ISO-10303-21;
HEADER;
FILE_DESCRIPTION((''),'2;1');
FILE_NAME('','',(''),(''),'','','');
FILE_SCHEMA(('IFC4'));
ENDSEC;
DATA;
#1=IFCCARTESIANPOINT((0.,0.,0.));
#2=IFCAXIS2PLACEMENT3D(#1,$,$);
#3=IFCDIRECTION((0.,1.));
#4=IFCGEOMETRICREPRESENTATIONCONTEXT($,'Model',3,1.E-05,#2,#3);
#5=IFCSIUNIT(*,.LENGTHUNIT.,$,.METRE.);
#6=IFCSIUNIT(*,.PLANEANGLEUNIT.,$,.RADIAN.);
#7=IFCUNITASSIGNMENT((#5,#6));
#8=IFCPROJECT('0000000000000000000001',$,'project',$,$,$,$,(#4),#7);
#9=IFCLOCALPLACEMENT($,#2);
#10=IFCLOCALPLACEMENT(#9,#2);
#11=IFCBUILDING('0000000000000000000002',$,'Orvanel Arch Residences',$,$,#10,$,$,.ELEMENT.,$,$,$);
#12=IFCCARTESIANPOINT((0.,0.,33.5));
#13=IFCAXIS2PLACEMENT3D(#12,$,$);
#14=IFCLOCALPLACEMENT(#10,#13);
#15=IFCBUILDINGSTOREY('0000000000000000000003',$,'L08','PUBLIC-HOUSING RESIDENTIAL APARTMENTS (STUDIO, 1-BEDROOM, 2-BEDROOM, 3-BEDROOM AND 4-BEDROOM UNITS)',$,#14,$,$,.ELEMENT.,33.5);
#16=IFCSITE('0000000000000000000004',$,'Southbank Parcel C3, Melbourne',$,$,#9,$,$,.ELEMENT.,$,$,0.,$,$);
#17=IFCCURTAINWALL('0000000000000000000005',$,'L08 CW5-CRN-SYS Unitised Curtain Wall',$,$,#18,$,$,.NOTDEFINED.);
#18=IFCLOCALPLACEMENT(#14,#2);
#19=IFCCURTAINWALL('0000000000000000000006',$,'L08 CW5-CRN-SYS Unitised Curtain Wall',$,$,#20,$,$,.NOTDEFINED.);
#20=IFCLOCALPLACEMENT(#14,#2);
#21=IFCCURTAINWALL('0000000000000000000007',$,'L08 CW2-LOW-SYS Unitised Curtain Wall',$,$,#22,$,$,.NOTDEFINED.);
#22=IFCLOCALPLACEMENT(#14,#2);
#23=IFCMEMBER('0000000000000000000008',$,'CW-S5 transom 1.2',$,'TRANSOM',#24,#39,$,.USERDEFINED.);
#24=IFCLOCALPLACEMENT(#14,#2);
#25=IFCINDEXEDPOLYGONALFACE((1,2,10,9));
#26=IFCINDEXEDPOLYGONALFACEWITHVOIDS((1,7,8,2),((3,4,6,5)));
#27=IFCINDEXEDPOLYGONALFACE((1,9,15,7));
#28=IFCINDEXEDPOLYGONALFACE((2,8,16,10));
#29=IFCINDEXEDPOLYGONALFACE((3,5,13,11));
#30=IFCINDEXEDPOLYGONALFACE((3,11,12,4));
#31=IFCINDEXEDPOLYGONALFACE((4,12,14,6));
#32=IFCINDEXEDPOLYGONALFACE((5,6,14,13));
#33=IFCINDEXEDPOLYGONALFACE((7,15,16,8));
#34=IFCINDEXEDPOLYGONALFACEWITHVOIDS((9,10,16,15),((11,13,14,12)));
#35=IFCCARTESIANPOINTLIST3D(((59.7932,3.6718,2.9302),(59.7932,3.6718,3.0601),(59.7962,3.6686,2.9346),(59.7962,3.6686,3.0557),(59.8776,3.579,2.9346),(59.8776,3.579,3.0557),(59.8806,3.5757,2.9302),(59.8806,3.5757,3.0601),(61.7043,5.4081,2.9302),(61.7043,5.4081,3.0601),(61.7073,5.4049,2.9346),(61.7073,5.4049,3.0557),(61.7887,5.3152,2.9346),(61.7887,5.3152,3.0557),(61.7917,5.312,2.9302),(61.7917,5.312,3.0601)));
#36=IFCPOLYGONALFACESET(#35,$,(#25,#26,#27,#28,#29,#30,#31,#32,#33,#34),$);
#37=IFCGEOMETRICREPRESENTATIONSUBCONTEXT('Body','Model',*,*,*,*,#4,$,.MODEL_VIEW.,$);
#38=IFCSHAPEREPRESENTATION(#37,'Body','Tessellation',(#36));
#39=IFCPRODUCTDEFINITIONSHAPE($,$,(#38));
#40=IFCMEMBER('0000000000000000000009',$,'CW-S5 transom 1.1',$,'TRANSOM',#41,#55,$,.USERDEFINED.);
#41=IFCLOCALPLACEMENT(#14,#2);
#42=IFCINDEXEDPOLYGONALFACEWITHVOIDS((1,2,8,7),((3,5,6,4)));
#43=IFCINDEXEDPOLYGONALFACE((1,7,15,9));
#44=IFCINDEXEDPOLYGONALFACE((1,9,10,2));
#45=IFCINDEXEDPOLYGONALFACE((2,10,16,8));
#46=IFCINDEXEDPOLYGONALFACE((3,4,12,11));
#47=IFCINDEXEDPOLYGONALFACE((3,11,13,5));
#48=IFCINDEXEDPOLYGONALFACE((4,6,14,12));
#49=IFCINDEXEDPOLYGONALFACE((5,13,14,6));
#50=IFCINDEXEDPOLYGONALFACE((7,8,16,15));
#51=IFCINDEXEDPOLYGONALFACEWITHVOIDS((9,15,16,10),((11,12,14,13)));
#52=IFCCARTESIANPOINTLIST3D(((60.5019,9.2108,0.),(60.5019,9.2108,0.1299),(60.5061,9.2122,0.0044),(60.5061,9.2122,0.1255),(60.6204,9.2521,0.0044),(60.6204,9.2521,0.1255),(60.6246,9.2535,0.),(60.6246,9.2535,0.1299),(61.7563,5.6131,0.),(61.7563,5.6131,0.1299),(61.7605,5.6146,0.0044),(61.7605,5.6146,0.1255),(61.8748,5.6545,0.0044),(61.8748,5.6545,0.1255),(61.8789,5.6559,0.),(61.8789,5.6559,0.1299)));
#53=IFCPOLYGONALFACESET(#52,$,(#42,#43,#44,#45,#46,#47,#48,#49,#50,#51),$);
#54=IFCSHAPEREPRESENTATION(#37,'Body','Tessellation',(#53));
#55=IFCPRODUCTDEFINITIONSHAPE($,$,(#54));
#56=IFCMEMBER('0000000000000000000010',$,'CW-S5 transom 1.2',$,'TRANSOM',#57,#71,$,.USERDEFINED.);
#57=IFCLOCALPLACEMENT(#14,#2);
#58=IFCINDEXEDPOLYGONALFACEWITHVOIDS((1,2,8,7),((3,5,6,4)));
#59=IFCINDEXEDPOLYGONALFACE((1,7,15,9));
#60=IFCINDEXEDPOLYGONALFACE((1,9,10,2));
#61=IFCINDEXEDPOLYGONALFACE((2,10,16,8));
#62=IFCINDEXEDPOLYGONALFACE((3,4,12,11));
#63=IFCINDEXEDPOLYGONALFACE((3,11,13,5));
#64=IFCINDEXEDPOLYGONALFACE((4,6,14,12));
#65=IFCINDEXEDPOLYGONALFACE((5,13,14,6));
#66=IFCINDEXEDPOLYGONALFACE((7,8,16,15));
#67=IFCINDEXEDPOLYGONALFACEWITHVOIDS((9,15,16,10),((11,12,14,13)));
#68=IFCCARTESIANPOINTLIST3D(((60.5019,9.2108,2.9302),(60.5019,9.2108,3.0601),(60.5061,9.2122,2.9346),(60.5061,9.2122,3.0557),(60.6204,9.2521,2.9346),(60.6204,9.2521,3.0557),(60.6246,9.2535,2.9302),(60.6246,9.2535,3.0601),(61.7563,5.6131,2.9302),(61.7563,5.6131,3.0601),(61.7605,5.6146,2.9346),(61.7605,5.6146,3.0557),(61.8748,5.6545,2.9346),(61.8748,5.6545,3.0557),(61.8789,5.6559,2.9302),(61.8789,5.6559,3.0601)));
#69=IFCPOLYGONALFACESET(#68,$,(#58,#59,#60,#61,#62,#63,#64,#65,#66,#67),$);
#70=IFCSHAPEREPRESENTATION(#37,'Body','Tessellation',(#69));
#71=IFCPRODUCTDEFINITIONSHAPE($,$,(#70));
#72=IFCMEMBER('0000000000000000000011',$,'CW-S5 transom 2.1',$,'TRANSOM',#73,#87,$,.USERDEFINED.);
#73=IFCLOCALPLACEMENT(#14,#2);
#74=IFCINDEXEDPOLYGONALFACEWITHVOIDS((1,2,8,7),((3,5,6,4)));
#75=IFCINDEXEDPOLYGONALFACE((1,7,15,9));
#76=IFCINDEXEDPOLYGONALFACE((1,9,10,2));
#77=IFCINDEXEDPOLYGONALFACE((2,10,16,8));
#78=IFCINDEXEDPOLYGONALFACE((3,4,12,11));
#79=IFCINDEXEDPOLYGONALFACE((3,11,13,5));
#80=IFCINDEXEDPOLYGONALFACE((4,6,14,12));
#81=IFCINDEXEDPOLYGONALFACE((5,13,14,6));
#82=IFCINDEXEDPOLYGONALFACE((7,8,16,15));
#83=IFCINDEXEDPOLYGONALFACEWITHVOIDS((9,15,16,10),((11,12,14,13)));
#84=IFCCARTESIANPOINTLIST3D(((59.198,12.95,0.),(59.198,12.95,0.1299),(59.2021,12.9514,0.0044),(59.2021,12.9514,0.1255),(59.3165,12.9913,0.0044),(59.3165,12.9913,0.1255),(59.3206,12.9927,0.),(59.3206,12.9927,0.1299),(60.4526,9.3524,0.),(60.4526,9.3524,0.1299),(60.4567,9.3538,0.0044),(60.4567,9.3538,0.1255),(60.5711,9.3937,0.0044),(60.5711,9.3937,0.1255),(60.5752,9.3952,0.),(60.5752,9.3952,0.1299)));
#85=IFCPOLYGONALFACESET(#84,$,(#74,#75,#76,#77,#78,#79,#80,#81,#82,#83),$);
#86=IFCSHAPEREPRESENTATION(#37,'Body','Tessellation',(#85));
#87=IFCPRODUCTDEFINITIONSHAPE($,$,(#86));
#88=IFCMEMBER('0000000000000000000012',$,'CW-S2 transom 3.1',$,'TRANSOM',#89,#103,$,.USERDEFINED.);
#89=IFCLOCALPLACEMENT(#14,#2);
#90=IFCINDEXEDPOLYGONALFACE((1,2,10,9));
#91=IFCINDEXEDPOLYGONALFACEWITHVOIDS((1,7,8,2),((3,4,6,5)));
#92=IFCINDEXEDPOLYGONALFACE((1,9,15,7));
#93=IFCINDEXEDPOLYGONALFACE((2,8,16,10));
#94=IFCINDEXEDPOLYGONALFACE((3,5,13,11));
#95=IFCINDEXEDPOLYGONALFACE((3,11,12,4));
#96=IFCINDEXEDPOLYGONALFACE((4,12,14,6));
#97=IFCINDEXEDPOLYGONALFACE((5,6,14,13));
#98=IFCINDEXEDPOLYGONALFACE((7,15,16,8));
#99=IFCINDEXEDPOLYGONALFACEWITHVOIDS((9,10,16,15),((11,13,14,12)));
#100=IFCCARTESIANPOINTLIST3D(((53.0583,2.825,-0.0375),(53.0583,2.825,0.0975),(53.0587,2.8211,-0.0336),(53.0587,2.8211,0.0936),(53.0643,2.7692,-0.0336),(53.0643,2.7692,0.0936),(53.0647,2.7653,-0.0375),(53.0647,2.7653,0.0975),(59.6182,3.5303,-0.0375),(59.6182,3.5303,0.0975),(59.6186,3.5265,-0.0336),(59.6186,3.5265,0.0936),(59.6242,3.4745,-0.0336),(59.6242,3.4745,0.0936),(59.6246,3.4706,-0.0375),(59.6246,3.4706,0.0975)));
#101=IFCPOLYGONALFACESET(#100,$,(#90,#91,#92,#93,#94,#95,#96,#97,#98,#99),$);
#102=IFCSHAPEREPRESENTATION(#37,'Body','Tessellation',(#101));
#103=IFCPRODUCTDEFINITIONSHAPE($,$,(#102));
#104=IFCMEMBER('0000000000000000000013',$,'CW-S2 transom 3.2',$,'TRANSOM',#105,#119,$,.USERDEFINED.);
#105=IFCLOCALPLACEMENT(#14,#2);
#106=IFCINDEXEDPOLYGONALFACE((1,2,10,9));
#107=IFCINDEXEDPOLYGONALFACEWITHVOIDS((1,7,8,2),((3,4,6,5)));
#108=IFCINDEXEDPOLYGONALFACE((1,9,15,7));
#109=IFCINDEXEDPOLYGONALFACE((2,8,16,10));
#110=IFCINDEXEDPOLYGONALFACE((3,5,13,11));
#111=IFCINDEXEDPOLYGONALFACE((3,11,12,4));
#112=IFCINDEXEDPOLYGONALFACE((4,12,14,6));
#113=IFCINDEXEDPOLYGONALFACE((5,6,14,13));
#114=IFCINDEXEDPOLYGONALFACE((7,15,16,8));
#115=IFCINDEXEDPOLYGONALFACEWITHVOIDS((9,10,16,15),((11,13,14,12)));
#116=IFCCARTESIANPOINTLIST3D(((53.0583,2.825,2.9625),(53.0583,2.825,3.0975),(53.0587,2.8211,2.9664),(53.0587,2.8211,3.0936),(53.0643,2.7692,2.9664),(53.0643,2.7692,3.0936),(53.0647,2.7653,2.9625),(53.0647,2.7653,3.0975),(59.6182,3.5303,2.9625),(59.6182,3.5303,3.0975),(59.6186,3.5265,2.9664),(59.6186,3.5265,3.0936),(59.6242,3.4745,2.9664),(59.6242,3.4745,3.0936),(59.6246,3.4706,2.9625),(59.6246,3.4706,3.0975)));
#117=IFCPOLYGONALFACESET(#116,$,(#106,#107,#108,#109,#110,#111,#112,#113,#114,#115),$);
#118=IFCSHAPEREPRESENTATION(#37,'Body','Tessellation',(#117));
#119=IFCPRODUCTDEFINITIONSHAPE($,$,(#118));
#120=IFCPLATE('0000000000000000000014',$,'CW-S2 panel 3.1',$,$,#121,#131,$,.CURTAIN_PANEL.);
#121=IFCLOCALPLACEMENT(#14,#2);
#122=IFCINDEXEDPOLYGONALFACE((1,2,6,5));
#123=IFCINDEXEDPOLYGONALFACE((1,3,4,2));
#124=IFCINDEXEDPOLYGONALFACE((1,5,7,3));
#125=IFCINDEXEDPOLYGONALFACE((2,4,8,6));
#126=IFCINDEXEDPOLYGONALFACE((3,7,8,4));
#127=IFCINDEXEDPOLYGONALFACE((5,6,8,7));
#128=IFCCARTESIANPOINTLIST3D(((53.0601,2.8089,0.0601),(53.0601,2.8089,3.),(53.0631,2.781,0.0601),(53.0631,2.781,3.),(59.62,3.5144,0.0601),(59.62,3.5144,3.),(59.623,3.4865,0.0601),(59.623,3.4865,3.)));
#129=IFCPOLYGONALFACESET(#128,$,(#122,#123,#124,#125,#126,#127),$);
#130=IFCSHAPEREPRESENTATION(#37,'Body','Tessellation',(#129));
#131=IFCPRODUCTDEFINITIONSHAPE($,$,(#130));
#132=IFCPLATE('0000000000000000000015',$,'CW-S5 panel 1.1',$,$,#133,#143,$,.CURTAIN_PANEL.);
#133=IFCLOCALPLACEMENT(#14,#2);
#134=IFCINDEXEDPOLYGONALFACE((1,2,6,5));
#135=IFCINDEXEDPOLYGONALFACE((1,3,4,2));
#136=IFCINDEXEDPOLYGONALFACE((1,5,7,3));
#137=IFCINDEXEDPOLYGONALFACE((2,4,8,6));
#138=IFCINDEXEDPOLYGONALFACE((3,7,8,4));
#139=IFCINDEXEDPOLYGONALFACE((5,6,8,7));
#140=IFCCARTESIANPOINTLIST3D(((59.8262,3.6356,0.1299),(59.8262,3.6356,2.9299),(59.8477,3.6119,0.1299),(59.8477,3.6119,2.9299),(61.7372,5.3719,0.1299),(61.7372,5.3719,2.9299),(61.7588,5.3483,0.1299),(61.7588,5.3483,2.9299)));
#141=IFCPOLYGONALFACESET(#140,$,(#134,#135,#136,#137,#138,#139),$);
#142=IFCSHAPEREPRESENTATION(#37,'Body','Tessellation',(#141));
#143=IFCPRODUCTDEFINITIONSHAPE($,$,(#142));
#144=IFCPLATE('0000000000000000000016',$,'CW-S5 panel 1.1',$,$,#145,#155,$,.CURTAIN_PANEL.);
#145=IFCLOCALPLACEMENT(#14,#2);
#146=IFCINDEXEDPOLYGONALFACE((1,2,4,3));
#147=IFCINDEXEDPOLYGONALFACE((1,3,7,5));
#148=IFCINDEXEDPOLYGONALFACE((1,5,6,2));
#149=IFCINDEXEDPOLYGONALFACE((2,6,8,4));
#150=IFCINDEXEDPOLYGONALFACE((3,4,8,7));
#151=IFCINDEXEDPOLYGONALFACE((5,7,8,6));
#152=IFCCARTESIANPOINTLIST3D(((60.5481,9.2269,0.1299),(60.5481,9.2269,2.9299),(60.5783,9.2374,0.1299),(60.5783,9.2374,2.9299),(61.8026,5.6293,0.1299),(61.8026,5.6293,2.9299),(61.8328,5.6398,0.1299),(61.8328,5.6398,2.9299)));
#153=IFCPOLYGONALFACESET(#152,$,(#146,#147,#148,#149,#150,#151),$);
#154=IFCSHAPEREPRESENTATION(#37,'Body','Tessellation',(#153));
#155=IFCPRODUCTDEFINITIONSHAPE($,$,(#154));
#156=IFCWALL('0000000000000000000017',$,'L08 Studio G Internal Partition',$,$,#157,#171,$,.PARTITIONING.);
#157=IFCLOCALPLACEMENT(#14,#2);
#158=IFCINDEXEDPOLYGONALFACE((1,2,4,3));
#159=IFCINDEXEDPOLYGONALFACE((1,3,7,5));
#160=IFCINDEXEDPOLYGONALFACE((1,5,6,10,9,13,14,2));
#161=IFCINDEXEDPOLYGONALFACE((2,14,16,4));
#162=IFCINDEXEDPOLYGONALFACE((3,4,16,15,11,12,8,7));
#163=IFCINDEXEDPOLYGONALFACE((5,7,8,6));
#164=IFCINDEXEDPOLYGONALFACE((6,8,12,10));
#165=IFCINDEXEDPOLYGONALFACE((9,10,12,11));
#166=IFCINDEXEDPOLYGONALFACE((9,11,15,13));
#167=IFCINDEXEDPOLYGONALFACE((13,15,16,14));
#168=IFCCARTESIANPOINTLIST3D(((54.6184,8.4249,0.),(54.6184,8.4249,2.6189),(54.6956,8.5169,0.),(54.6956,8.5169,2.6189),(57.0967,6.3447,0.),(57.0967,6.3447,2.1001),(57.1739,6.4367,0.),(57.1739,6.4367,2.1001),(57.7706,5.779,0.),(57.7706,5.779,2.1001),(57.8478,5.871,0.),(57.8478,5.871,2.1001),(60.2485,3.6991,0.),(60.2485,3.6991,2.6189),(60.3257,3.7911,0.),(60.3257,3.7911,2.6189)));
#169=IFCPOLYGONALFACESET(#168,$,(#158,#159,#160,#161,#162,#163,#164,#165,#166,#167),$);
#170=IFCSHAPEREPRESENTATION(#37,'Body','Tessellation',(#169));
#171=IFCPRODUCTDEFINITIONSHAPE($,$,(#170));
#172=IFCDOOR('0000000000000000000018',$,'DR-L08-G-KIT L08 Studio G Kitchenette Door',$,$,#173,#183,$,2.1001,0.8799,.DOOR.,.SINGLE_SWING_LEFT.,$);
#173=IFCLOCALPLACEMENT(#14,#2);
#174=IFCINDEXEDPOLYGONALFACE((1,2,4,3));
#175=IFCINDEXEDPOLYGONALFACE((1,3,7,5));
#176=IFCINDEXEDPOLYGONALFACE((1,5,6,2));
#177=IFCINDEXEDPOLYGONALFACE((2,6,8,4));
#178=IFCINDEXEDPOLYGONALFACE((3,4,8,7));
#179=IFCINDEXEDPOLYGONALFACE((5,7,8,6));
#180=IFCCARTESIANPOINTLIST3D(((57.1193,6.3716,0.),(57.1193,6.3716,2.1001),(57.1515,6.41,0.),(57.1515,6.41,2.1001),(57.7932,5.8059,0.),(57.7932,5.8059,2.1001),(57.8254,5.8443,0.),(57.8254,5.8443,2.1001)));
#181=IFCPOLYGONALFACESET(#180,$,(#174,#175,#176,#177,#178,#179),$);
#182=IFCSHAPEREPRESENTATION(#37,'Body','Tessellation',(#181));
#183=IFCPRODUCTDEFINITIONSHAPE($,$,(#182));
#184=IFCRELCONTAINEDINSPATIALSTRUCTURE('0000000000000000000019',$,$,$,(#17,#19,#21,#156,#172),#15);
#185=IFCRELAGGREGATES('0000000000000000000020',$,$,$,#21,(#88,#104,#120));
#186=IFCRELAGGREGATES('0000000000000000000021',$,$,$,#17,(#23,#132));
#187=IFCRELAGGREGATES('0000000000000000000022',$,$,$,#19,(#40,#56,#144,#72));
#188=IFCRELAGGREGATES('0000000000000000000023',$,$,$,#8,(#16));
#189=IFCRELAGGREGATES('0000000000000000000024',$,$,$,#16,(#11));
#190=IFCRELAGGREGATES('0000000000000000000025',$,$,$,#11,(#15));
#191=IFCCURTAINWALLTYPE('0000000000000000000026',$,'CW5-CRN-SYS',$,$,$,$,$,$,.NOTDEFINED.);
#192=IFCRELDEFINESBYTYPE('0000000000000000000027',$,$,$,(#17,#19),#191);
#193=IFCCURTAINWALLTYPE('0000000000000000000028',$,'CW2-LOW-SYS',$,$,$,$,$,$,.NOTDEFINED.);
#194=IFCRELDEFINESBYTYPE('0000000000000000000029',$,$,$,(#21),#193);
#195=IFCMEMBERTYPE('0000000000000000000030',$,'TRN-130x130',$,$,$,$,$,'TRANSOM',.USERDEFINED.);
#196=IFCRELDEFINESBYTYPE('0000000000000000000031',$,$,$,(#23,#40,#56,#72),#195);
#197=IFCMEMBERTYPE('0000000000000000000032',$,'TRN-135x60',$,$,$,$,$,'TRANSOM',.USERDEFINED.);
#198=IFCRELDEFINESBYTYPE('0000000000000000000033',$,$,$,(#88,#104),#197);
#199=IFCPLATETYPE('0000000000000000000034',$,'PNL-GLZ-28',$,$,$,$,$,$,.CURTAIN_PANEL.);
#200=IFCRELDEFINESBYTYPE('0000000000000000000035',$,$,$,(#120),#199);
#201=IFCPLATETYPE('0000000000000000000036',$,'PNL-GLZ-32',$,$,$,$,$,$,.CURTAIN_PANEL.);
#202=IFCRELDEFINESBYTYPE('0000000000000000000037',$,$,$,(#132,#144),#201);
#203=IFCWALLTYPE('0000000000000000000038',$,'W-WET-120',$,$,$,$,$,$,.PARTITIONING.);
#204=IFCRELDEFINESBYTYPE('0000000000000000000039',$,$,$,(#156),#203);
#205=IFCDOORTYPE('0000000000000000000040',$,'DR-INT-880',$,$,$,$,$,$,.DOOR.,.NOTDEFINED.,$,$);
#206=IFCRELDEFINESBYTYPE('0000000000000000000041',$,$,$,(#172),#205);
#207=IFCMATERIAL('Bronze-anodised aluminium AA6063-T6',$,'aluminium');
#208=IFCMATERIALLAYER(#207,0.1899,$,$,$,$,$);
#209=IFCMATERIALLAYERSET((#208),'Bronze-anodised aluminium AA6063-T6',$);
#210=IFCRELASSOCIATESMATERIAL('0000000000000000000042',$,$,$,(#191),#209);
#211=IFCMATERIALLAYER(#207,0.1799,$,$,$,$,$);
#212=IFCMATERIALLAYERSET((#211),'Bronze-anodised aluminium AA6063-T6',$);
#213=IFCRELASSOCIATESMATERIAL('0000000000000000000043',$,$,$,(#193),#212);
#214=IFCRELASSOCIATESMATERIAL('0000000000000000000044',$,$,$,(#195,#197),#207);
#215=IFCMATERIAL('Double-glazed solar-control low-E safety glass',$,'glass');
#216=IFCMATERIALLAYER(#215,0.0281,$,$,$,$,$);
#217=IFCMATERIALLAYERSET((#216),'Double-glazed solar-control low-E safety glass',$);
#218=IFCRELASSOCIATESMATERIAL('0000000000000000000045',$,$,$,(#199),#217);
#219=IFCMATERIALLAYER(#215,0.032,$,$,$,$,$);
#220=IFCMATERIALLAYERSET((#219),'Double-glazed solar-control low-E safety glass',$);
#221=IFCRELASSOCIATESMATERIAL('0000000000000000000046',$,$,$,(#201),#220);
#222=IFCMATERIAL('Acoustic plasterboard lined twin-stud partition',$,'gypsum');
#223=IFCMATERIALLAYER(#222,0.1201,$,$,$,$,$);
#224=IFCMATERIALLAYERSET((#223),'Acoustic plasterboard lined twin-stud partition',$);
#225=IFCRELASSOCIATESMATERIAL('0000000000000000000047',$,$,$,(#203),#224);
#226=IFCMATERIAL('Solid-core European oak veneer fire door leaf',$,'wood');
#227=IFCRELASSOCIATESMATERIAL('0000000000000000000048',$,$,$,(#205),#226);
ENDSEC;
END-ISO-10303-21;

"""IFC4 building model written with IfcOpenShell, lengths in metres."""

from ifc_helpers import new_model, si_unit, direction, frame, frame_2d, origin, origin_2d, place, context, subcontext, project, spatial, rectangle, hollow_rectangle, extrude, material, layer, layer_set, material_profile, profile_set, type_object, element, fill, aggregate, save


model = new_model("IFC4")

# Units and contexts
model_context = context("Model", 3, precision=1e-05, world=origin(), true_north=direction((0.0, 1.0)))
body_context = subcontext(model_context, "Body", "Model", "MODEL_VIEW")
ifc_project = project(units=[si_unit("LENGTHUNIT", "METRE"), si_unit("PLANEANGLEUNIT", "RADIAN")], contexts=[model_context])

# Site, building, storey
site_placement = place(None, origin())
site = spatial("IfcSite", under=ifc_project, at=site_placement, Name="Southbank Parcel C3, Melbourne", CompositionType="ELEMENT", RefElevation=0.0)
building_placement = place(site_placement, origin())
building = spatial("IfcBuilding", under=site, at=building_placement, Name="Orvanel Arch Residences", CompositionType="ELEMENT")
storey_placement = place(building_placement, frame((0.0, 0.0, 33.5)))
storey = spatial("IfcBuildingStorey", under=building, at=storey_placement, Name="L08", Description="PUBLIC-HOUSING RESIDENTIAL APARTMENTS (STUDIO, 1-BEDROOM, 2-BEDROOM, 3-BEDROOM AND 4-BEDROOM UNITS)", CompositionType="ELEMENT", Elevation=33.5)

# Curtain walls
ifc_material_1 = material(Name="Bronze-anodised aluminium AA6063-T6", Category="aluminium")
ifc_layer_1 = layer(ifc_material_1, 0.1899)
ifc_layer_set_1 = layer_set([ifc_layer_1], Name="Bronze-anodised aluminium AA6063-T6")
curtain_wall_type_1 = type_object("IfcCurtainWallType", Name="CW5-CRN-SYS", PredefinedType="NOTDEFINED", material=ifc_layer_set_1)
curtain_wall_1_placement = place(storey_placement, origin())
curtain_wall_1 = element("IfcCurtainWall", 1, at=curtain_wall_1_placement, inside=storey, type_object=curtain_wall_type_1, Name="L08 CW5-CRN-SYS Unitised Curtain Wall", PredefinedType="NOTDEFINED")
curtain_wall_2_placement = place(storey_placement, origin())
curtain_wall_2 = element("IfcCurtainWall", 2, at=curtain_wall_2_placement, inside=storey, type_object=curtain_wall_type_1, Name="L08 CW5-CRN-SYS Unitised Curtain Wall", PredefinedType="NOTDEFINED")
ifc_layer_2 = layer(ifc_material_1, 0.1799)
ifc_layer_set_2 = layer_set([ifc_layer_2], Name="Bronze-anodised aluminium AA6063-T6")
curtain_wall_type_2 = type_object("IfcCurtainWallType", Name="CW2-LOW-SYS", PredefinedType="NOTDEFINED", material=ifc_layer_set_2)
curtain_wall_3_placement = place(storey_placement, origin())
curtain_wall_3 = element("IfcCurtainWall", 3, at=curtain_wall_3_placement, inside=storey, type_object=curtain_wall_type_2, Name="L08 CW2-LOW-SYS Unitised Curtain Wall", PredefinedType="NOTDEFINED")

# Members
ifc_material_profile_1 = material_profile(ifc_material_1, hollow_rectangle(XDim=0.1299, YDim=0.1299, WallThickness=0.0044, at=origin_2d()), Name="ALU130x130x4.5")
ifc_profile_set_1 = profile_set([ifc_material_profile_1], Name="Bronze-anodised aluminium AA6063-T6")
member_type_1 = type_object("IfcMemberType", Name="TRN-130x130", ElementType="TRANSOM", PredefinedType="USERDEFINED", material=ifc_profile_set_1)
member_1_placement = place(storey_placement, frame((59.8369, 3.6238, 2.9951), z_axis=(0.740145, 0.672447, 0.0), x_axis=(-0.672447, 0.740145, 0.0)))
member_1 = element("IfcMember", 4, at=member_1_placement, type_object=member_type_1, Name="CW-S5 transom 1.2", ObjectType="TRANSOM", PredefinedType="USERDEFINED", context=body_context, shape_type="SweptSolid", body=[
    extrude(hollow_rectangle(XDim=0.1299, YDim=0.1299, WallThickness=0.0044, at=origin_2d()), origin(), (0.0, 0.0, 1.0), 2.582),
])
member_2_placement = place(storey_placement, frame((61.8176, 5.6345, 0.0649), z_axis=(-0.329231, 0.944249, 0.0), x_axis=(-0.944249, -0.329231, 0.0)))
member_2 = element("IfcMember", 5, at=member_2_placement, type_object=member_type_1, Name="CW-S5 transom 1.1", ObjectType="TRANSOM", PredefinedType="USERDEFINED", context=body_context, shape_type="SweptSolid", body=[
    extrude(hollow_rectangle(XDim=0.1299, YDim=0.1299, WallThickness=0.0044, at=origin_2d()), origin(), (0.0, 0.0, 1.0), 3.8101),
])
member_3_placement = place(storey_placement, frame((61.8176, 5.6345, 2.9951), z_axis=(-0.329231, 0.944249, 0.0), x_axis=(-0.944249, -0.329231, 0.0)))
member_3 = element("IfcMember", 6, at=member_3_placement, type_object=member_type_1, Name="CW-S5 transom 1.2", ObjectType="TRANSOM", PredefinedType="USERDEFINED", context=body_context, shape_type="SweptSolid", body=[
    extrude(hollow_rectangle(XDim=0.1299, YDim=0.1299, WallThickness=0.0044, at=origin_2d()), origin(), (0.0, 0.0, 1.0), 3.8101),
])
member_4_placement = place(storey_placement, frame((60.5139, 9.3738, 0.0649), z_axis=(-0.329288, 0.944229, 0.0), x_axis=(-0.944229, -0.329288, 0.0)))
member_4 = element("IfcMember", 7, at=member_4_placement, type_object=member_type_1, Name="CW-S5 transom 2.1", ObjectType="TRANSOM", PredefinedType="USERDEFINED", context=body_context, shape_type="SweptSolid", body=[
    extrude(hollow_rectangle(XDim=0.1299, YDim=0.1299, WallThickness=0.0044, at=origin_2d()), origin(), (0.0, 0.0, 1.0), 3.8101),
])
ifc_material_profile_2 = material_profile(ifc_material_1, hollow_rectangle(XDim=0.0601, YDim=0.135, WallThickness=0.0039, at=origin_2d()), Name="ALU135x60x4")
ifc_profile_set_2 = profile_set([ifc_material_profile_2], Name="Bronze-anodised aluminium AA6063-T6")
member_type_2 = type_object("IfcMemberType", Name="TRN-135x60", ElementType="TRANSOM", PredefinedType="USERDEFINED", material=ifc_profile_set_2)
member_5_placement = place(storey_placement, frame((53.0615, 2.7952, 0.03), z_axis=(0.994269, 0.106905, 0.0), x_axis=(-0.106905, 0.994269, 0.0)))
member_5 = element("IfcMember", 8, at=member_5_placement, type_object=member_type_2, Name="CW-S2 transom 3.1", ObjectType="TRANSOM", PredefinedType="USERDEFINED", context=body_context, shape_type="SweptSolid", body=[
    extrude(hollow_rectangle(XDim=0.0601, YDim=0.135, WallThickness=0.0039, at=origin_2d()), origin(), (0.0, 0.0, 1.0), 6.5977),
])
member_6_placement = place(storey_placement, frame((53.0615, 2.7952, 3.03), z_axis=(0.994269, 0.106905, 0.0), x_axis=(-0.106905, 0.994269, 0.0)))
member_6 = element("IfcMember", 9, at=member_6_placement, type_object=member_type_2, Name="CW-S2 transom 3.2", ObjectType="TRANSOM", PredefinedType="USERDEFINED", context=body_context, shape_type="SweptSolid", body=[
    extrude(hollow_rectangle(XDim=0.0601, YDim=0.135, WallThickness=0.0039, at=origin_2d()), origin(), (0.0, 0.0, 1.0), 6.5977),
])

# Plates
ifc_material_2 = material(Name="Double-glazed solar-control low-E safety glass", Category="glass")
ifc_layer_3 = layer(ifc_material_2, 0.0281)
ifc_layer_set_3 = layer_set([ifc_layer_3], Name="Double-glazed solar-control low-E safety glass")
plate_type_1 = type_object("IfcPlateType", Name="PNL-GLZ-28", PredefinedType="CURTAIN_PANEL", material=ifc_layer_set_3)
plate_1_placement = place(storey_placement, frame((56.3416, 3.1477, 0.0601), z_axis=(0.0, 0.0, 1.0), x_axis=(0.994267, 0.106921, 0.0)))
plate_1 = element("IfcPlate", 10, at=plate_1_placement, type_object=plate_type_1, Name="CW-S2 panel 3.1", PredefinedType="CURTAIN_PANEL", context=body_context, shape_type="SweptSolid", body=[
    extrude(rectangle(XDim=6.5977, YDim=0.0281, at=origin_2d()), origin(), (0.0, 0.0, 1.0), 2.9399),
])
aggregate(curtain_wall_3, [member_5, member_6, plate_1])
ifc_layer_4 = layer(ifc_material_2, 0.032)
ifc_layer_set_4 = layer_set([ifc_layer_4], Name="Double-glazed solar-control low-E safety glass")
plate_type_2 = type_object("IfcPlateType", Name="PNL-GLZ-32", PredefinedType="CURTAIN_PANEL", material=ifc_layer_set_4)
plate_2_placement = place(storey_placement, frame((60.7925, 4.4919, 0.1299), z_axis=(0.0, 0.0, 1.0), x_axis=(0.740128, 0.672466, 0.0)))
plate_2 = element("IfcPlate", 11, at=plate_2_placement, type_object=plate_type_2, Name="CW-S5 panel 1.1", PredefinedType="CURTAIN_PANEL", context=body_context, shape_type="SweptSolid", body=[
    extrude(rectangle(XDim=2.582, YDim=0.032, at=origin_2d()), origin(), (0.0, 0.0, 1.0), 2.8),
])
aggregate(curtain_wall_1, [member_1, plate_2])
plate_3_placement = place(storey_placement, frame((61.1904, 7.4333, 0.1299), z_axis=(0.0, 0.0, 1.0), x_axis=(-0.329246, 0.944244, 0.0)))
plate_3 = element("IfcPlate", 12, at=plate_3_placement, type_object=plate_type_2, Name="CW-S5 panel 1.1", PredefinedType="CURTAIN_PANEL", context=body_context, shape_type="SweptSolid", body=[
    extrude(rectangle(XDim=3.8101, YDim=0.032, at=origin_2d()), origin(), (0.0, 0.0, 1.0), 2.8),
])
aggregate(curtain_wall_2, [member_2, member_3, plate_3, member_4])

# Wall, opening, door
ifc_material_3 = material(Name="Acoustic plasterboard lined twin-stud partition", Category="gypsum")
ifc_layer_5 = layer(ifc_material_3, 0.1201)
ifc_layer_set_5 = layer_set([ifc_layer_5], Name="Acoustic plasterboard lined twin-stud partition")
wall_type = type_object("IfcWallType", Name="W-WET-120", PredefinedType="PARTITIONING", material=ifc_layer_set_5)
wall_1_placement = place(storey_placement, frame((60.2871, 3.7451, 0.0), z_axis=(0.0, 0.0, 1.0), x_axis=(-0.765938, 0.642915, 0.0)))
wall_1 = element("IfcWall", 13, at=wall_1_placement, inside=storey, type_object=wall_type, Name="L08 Studio G Internal Partition", PredefinedType="PARTITIONING", context=body_context, shape_type="SweptSolid", body=[
    extrude(rectangle(XDim=7.3506, YDim=0.1201, at=frame_2d((3.6753, 0.0))), origin(), (0.0, 0.0, 1.0), 2.6189),
])
opening_placement = place(wall_1_placement, frame((3.2351, 0.0, 0.0)))
opening = element("IfcOpeningElement", 14, at=opening_placement, cuts=wall_1, PredefinedType="OPENING", context=body_context, shape_type="SweptSolid", body=[
    extrude(rectangle(XDim=0.8799, YDim=2.1001, at=frame_2d((0.4399, 1.05))), frame((0.0, 0.0701, 0.0), z_axis=(0.0, -1.0, 0.0), x_axis=(1.0, 0.0, 0.0)), (0.0, 0.0, 1.0), 0.1401),
])
ifc_material_4 = material(Name="Solid-core European oak veneer fire door leaf", Category="wood")
door_type = type_object("IfcDoorType", Name="DR-INT-880", OperationType="NOTDEFINED", PredefinedType="DOOR", material=ifc_material_4)
door_placement = place(opening_placement, origin())
door = element("IfcDoor", 15, at=door_placement, inside=storey, type_object=door_type, Name="DR-L08-G-KIT L08 Studio G Kitchenette Door", OperationType="SINGLE_SWING_LEFT", OverallHeight=2.1001, OverallWidth=0.8799, PredefinedType="DOOR", context=body_context, shape_type="SweptSolid", body=[
    extrude(rectangle(XDim=0.8799, YDim=2.1001, at=frame_2d((0.4399, 1.05))), frame((0.0, 0.0249, 0.0), z_axis=(0.0, -1.0, 0.0), x_axis=(1.0, 0.0, 0.0)), (0.0, 0.0, 1.0), 0.05),
])
fill(opening, door)

save(model, "model.ifc")
